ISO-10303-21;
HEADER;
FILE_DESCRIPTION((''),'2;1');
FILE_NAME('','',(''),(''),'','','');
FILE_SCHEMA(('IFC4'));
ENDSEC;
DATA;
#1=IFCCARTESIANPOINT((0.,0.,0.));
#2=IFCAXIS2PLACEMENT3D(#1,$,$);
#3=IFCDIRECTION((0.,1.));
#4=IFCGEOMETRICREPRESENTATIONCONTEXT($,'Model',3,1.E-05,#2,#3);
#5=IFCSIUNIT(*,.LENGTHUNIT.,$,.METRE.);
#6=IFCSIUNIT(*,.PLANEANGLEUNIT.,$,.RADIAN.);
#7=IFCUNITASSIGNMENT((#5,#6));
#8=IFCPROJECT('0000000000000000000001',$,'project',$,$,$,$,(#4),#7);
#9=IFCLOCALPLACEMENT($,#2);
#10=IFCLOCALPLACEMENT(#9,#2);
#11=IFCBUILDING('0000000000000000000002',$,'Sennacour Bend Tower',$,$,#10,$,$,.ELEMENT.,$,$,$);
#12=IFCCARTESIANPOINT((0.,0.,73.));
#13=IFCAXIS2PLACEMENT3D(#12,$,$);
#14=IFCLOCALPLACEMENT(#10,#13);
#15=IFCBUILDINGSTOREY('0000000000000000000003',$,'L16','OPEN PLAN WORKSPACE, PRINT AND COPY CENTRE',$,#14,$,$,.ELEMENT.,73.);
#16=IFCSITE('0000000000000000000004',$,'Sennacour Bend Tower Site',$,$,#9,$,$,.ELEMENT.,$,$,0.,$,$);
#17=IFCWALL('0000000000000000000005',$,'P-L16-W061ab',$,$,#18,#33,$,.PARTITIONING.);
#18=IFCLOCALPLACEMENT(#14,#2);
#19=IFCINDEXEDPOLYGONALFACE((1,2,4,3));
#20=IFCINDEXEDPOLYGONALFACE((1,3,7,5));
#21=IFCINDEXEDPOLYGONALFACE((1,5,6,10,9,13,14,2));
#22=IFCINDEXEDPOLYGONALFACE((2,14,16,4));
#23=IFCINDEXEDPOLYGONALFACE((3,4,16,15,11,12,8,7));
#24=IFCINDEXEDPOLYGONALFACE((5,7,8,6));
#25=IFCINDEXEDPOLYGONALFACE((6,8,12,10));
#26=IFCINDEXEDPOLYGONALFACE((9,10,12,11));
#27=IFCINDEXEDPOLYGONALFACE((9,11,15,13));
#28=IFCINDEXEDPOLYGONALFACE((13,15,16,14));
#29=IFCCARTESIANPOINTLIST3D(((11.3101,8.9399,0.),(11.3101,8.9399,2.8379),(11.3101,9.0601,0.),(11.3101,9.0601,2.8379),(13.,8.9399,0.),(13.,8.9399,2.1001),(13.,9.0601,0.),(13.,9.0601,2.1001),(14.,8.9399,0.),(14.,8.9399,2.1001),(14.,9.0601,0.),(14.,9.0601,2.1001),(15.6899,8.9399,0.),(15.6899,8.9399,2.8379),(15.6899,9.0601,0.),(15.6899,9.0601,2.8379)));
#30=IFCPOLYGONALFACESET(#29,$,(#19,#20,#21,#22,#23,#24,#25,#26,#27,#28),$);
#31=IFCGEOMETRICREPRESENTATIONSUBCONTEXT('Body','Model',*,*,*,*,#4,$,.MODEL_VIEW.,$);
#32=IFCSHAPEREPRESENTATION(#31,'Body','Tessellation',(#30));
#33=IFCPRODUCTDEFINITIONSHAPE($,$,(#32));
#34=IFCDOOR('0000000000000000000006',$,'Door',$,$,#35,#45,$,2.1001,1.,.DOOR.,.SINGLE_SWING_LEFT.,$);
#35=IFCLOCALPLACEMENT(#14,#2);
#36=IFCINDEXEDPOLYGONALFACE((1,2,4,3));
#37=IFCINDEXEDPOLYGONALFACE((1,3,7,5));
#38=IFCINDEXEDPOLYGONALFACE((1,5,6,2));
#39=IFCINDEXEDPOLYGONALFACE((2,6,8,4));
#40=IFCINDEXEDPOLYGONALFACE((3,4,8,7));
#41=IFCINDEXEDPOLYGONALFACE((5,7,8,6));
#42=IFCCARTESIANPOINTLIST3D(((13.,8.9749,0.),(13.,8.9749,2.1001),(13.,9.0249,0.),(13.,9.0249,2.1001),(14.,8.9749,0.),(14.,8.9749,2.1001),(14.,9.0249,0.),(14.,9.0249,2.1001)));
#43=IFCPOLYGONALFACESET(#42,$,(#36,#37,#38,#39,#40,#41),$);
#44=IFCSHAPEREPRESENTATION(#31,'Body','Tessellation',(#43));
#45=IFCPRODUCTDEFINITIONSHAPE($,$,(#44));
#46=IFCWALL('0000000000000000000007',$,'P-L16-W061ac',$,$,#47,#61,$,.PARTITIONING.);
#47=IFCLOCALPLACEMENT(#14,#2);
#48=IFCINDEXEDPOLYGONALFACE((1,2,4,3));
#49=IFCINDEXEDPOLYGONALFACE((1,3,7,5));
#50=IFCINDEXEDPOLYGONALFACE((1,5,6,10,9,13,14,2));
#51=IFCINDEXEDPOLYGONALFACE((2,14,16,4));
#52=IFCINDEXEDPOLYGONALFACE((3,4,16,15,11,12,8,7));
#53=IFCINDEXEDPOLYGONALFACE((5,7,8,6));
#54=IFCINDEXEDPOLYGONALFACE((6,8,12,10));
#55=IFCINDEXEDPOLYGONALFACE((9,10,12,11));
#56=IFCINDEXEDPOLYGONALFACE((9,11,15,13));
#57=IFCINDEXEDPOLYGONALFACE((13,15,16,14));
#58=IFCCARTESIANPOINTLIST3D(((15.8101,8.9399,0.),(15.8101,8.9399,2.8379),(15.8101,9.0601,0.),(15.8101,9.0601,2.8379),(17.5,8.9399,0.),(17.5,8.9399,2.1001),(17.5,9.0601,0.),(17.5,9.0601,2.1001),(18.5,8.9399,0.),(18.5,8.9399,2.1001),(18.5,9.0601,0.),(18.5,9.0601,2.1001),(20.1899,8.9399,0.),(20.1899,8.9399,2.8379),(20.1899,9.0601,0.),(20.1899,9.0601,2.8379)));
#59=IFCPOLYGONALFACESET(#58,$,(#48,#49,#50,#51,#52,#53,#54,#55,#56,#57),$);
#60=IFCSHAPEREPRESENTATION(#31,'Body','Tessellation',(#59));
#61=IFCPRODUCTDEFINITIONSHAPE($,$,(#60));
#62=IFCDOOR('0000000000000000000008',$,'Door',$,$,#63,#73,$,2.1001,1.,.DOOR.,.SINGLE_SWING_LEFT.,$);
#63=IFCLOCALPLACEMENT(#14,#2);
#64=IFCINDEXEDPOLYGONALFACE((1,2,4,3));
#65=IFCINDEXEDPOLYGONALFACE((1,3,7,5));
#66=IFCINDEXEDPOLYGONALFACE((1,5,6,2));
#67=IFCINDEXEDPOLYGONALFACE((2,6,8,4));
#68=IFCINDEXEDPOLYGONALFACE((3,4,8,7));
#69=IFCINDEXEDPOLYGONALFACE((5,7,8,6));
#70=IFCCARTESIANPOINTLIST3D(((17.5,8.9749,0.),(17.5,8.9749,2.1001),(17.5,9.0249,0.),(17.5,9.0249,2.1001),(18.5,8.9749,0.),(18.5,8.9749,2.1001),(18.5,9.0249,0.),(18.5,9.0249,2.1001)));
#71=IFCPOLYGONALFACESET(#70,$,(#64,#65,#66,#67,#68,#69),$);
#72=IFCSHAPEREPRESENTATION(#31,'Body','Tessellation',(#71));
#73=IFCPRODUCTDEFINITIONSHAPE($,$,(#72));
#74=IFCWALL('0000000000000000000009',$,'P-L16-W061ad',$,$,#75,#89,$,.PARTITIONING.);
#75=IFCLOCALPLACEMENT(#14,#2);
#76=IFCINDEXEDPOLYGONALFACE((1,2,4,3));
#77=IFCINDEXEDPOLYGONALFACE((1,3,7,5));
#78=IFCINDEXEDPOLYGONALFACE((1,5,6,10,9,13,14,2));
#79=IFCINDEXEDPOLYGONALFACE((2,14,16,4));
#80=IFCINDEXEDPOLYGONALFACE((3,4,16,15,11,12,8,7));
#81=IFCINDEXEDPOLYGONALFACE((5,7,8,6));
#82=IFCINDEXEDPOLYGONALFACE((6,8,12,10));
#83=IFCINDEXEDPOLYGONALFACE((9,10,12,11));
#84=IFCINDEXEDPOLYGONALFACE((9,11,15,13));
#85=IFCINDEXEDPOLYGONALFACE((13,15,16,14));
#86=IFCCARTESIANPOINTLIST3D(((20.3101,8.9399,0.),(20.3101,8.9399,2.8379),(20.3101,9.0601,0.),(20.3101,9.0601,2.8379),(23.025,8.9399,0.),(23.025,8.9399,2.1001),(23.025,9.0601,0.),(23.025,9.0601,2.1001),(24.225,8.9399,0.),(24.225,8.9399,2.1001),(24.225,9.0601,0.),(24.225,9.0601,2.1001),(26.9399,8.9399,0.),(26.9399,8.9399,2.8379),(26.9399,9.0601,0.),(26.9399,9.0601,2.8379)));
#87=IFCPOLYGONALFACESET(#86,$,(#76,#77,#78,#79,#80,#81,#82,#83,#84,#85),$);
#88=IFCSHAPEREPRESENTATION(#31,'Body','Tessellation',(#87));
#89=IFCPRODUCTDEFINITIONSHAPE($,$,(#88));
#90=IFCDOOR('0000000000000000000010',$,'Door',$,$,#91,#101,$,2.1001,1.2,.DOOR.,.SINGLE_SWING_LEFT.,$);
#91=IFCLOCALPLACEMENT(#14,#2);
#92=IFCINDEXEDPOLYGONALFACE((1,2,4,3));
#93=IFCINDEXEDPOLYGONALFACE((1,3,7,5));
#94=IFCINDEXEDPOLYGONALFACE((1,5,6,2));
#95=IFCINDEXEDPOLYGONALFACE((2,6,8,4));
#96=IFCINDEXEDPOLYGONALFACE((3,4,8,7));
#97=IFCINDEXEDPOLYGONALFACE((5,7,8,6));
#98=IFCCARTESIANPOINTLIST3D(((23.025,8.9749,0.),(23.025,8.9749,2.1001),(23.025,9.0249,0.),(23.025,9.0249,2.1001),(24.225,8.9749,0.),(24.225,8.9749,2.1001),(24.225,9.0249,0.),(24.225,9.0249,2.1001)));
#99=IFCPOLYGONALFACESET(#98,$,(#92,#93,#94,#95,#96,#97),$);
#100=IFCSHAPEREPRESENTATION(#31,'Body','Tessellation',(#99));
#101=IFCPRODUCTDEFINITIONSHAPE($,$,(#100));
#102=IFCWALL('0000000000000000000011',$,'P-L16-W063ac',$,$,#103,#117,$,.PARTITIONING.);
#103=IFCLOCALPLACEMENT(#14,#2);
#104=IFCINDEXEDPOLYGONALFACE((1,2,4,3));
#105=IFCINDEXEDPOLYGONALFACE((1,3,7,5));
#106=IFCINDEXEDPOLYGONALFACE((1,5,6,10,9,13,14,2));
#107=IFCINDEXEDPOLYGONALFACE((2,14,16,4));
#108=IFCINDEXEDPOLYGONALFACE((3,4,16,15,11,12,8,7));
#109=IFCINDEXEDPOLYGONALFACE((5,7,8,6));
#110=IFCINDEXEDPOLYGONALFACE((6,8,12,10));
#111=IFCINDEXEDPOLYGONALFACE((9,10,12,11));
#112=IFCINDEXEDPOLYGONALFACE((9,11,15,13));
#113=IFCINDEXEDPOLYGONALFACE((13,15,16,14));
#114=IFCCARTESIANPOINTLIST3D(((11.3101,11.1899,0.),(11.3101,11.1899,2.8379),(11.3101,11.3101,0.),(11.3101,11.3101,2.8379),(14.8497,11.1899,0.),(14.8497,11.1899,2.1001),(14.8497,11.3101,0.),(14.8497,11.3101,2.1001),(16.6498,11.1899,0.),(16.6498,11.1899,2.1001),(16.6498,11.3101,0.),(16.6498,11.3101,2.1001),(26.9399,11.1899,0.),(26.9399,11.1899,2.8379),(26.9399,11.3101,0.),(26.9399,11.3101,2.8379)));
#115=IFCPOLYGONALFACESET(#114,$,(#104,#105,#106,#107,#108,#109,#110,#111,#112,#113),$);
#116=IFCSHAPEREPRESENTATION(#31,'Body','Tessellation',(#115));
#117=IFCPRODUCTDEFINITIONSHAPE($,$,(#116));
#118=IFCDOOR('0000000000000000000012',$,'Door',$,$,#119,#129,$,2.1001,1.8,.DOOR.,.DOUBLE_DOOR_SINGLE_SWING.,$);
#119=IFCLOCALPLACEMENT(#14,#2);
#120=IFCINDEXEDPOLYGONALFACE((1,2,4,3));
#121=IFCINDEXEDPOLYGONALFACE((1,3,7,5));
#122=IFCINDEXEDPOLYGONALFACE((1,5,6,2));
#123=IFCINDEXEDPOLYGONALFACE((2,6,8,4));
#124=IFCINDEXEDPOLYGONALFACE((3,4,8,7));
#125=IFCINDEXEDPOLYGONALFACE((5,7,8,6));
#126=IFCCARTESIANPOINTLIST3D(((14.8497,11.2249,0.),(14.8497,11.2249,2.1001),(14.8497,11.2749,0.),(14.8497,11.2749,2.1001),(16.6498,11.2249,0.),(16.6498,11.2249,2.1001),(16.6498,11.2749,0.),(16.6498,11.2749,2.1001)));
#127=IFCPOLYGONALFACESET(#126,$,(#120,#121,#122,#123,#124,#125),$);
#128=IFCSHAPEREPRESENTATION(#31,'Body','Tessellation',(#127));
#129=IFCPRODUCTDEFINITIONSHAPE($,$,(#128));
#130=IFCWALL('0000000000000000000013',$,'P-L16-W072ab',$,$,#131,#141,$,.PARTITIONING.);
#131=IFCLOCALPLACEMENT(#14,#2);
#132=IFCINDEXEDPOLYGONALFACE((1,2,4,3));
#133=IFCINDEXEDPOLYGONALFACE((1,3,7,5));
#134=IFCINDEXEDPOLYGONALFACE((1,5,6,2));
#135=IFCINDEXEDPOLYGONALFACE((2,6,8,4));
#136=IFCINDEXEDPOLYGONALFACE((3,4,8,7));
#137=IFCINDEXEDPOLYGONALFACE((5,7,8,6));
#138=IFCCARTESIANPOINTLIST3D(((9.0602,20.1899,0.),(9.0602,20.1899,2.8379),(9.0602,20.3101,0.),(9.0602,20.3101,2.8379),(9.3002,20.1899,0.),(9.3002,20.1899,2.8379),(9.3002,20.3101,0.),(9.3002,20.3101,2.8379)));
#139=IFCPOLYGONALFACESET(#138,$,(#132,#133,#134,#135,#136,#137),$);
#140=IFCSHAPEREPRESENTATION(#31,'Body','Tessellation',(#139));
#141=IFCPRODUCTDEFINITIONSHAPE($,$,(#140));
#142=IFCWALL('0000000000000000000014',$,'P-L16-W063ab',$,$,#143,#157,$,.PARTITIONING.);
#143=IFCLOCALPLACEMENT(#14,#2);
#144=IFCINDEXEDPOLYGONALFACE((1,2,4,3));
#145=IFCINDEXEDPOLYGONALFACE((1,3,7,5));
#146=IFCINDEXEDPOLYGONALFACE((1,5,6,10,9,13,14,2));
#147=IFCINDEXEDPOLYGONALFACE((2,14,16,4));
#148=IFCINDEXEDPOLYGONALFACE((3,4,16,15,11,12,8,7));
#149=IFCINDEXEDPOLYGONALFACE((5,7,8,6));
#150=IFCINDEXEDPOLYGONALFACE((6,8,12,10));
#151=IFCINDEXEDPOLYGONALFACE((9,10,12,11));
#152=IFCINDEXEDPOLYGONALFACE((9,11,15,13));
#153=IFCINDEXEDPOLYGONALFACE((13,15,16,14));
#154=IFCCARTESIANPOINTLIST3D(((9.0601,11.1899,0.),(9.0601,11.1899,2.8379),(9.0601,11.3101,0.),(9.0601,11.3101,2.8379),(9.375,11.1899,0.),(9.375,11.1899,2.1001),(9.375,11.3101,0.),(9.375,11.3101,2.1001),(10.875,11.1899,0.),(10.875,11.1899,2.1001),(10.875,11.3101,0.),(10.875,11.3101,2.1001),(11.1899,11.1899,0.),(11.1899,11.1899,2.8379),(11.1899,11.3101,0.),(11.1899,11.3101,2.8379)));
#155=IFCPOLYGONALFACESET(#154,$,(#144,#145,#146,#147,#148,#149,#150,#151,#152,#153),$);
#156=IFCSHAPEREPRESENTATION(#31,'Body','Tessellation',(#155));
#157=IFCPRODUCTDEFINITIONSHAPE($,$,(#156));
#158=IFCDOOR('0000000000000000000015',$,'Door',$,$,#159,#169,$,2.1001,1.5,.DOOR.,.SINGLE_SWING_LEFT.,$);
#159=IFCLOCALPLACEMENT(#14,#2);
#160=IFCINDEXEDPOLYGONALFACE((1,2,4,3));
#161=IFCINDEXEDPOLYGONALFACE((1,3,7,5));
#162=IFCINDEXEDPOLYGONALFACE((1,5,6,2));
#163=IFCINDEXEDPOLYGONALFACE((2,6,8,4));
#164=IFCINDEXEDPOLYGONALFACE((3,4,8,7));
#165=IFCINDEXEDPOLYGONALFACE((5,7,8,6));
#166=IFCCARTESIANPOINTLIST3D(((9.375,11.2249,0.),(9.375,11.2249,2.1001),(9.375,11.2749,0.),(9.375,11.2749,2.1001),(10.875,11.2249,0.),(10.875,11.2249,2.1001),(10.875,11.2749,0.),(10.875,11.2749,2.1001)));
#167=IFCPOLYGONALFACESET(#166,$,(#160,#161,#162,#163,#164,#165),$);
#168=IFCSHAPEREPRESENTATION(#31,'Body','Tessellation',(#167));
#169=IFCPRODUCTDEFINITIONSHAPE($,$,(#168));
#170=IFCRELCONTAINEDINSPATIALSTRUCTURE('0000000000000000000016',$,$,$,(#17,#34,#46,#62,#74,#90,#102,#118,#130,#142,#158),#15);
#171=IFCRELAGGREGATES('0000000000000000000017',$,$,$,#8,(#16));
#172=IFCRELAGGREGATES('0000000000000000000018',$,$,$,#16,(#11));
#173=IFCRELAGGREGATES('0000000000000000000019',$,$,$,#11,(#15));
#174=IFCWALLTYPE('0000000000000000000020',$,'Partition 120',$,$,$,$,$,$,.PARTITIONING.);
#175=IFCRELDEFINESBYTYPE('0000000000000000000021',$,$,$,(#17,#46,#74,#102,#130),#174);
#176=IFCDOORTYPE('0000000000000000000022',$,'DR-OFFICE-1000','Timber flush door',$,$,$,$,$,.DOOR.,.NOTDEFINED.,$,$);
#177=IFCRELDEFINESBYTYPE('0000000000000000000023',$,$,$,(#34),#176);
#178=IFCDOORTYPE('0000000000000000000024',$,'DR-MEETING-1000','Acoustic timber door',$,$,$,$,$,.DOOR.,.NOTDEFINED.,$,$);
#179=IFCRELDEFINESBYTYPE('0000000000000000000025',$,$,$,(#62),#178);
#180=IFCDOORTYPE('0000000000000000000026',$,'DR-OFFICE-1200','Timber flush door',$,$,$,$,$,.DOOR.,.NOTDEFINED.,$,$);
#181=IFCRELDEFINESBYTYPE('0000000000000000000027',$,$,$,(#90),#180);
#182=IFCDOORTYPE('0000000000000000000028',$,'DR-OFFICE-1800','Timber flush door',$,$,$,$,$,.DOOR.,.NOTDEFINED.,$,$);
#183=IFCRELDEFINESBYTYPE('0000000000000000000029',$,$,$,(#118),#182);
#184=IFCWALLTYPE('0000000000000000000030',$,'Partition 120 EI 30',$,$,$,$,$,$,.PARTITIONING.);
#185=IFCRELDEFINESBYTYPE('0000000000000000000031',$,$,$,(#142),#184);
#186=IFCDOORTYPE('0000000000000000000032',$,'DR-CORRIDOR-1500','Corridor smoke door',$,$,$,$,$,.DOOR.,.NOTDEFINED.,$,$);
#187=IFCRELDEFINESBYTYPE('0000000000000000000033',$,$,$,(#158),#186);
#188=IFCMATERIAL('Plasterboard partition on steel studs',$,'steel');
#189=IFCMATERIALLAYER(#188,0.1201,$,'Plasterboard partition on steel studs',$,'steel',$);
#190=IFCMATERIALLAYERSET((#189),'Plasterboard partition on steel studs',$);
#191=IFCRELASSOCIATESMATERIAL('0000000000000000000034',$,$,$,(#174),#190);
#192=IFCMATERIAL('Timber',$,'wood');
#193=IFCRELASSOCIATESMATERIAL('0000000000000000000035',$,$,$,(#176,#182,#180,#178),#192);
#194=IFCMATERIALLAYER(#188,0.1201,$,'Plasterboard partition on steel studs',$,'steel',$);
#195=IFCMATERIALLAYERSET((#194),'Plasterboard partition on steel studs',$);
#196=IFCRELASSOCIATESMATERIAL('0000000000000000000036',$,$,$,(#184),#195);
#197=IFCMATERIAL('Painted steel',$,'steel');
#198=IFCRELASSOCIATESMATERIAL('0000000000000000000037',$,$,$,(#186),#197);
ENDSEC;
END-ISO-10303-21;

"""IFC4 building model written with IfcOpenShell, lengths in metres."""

from ifc_helpers import new_model, si_unit, direction, frame, frame_2d, origin, place, context, subcontext, project, spatial, rectangle, extrude, material, layer, layer_set, type_object, element, fill, save


model = new_model("IFC4")

# Units and contexts
model_context = context("Model", 3, precision=1e-05, world=origin(), true_north=direction((0.0, 1.0)))
body_context = subcontext(model_context, "Body", "Model", "MODEL_VIEW")
ifc_project = project(units=[si_unit("LENGTHUNIT", "METRE"), si_unit("PLANEANGLEUNIT", "RADIAN")], contexts=[model_context])

# Site, building, storey
site_placement = place(None, origin())
site = spatial("IfcSite", under=ifc_project, at=site_placement, Name="Sennacour Bend Tower Site", CompositionType="ELEMENT", RefElevation=0.0)
building_placement = place(site_placement, origin())
building = spatial("IfcBuilding", under=site, at=building_placement, Name="Sennacour Bend Tower", CompositionType="ELEMENT")
storey_placement = place(building_placement, frame((0.0, 0.0, 73.0)))
storey = spatial("IfcBuildingStorey", under=building, at=storey_placement, Name="L16", Description="OPEN PLAN WORKSPACE, PRINT AND COPY CENTRE", CompositionType="ELEMENT", Elevation=73.0)

# Shared definitions
ifc_material_1 = material(Name="Plasterboard partition on steel studs", Category="steel")
ifc_layer_1 = layer(ifc_material_1, 0.1201, Name="Plasterboard partition on steel studs", Category="steel")
ifc_layer_set_1 = layer_set([ifc_layer_1], Name="Plasterboard partition on steel studs")
wall_type_1 = type_object("IfcWallType", Name="Partition 120", PredefinedType="PARTITIONING", material=ifc_layer_set_1)
ifc_material_2 = material(Name="Timber", Category="wood")
door_type_1 = type_object("IfcDoorType", Name="DR-OFFICE-1000", Description="Timber flush door", OperationType="NOTDEFINED", PredefinedType="DOOR", material=ifc_material_2)
door_type_2 = type_object("IfcDoorType", Name="DR-OFFICE-1800", Description="Timber flush door", OperationType="NOTDEFINED", PredefinedType="DOOR", material=ifc_material_2)

# Shared definitions
door_type_3 = type_object("IfcDoorType", Name="DR-OFFICE-1200", Description="Timber flush door", OperationType="NOTDEFINED", PredefinedType="DOOR", material=ifc_material_2)

# Walls, openings, doors
wall_1_placement = place(storey_placement, frame((11.3101, 9.0, 0.0), z_axis=(0.0, 0.0, 1.0), x_axis=(1.0, 0.0, 0.0)))
wall_1 = element("IfcWall", 1, at=wall_1_placement, inside=storey, type_object=wall_type_1, Name="P-L16-W061ab", PredefinedType="PARTITIONING", context=body_context, shape_type="SweptSolid", body=[
    extrude(rectangle(XDim=4.3799, YDim=0.1201, at=frame_2d((2.1899, 0.0))), origin(), (0.0, 0.0, 1.0), 2.8379),
])
opening_1_placement = place(wall_1_placement, frame((1.6899, 0.0, 0.0)))
opening_1 = element("IfcOpeningElement", 2, at=opening_1_placement, cuts=wall_1, PredefinedType="OPENING", context=body_context, shape_type="SweptSolid", body=[
    extrude(rectangle(XDim=1.0, YDim=2.1001, at=frame_2d((0.5, 1.05))), frame((0.0, 0.0701, 0.0), z_axis=(0.0, -1.0, 0.0), x_axis=(1.0, 0.0, 0.0)), (0.0, 0.0, 1.0), 0.1401),
])
door_1_placement = place(opening_1_placement, origin())
door_1 = element("IfcDoor", 3, at=door_1_placement, inside=storey, type_object=door_type_1, Name="Door", OperationType="SINGLE_SWING_LEFT", OverallHeight=2.1001, OverallWidth=1.0, PredefinedType="DOOR", context=body_context, shape_type="SweptSolid", body=[
    extrude(rectangle(XDim=1.0, YDim=2.1001, at=frame_2d((0.5, 1.05))), frame((0.0, 0.0249, 0.0), z_axis=(0.0, -1.0, 0.0), x_axis=(1.0, 0.0, 0.0)), (0.0, 0.0, 1.0), 0.05),
])
fill(opening_1, door_1)
wall_2_placement = place(storey_placement, frame((15.8101, 9.0, 0.0), z_axis=(0.0, 0.0, 1.0), x_axis=(1.0, 0.0, 0.0)))
wall_2 = element("IfcWall", 4, at=wall_2_placement, inside=storey, type_object=wall_type_1, Name="P-L16-W061ac", PredefinedType="PARTITIONING", context=body_context, shape_type="SweptSolid", body=[
    extrude(rectangle(XDim=4.3799, YDim=0.1201, at=frame_2d((2.1899, 0.0))), origin(), (0.0, 0.0, 1.0), 2.8379),
])
opening_2_placement = place(wall_2_placement, frame((1.6899, 0.0, 0.0)))
opening_2 = element("IfcOpeningElement", 5, at=opening_2_placement, cuts=wall_2, PredefinedType="OPENING", context=body_context, shape_type="SweptSolid", body=[
    extrude(rectangle(XDim=1.0, YDim=2.1001, at=frame_2d((0.5, 1.05))), frame((0.0, 0.0701, 0.0), z_axis=(0.0, -1.0, 0.0), x_axis=(1.0, 0.0, 0.0)), (0.0, 0.0, 1.0), 0.1401),
])
door_type_4 = type_object("IfcDoorType", Name="DR-MEETING-1000", Description="Acoustic timber door", OperationType="NOTDEFINED", PredefinedType="DOOR", material=ifc_material_2)
door_2_placement = place(opening_2_placement, origin())
door_2 = element("IfcDoor", 6, at=door_2_placement, inside=storey, type_object=door_type_4, Name="Door", OperationType="SINGLE_SWING_LEFT", OverallHeight=2.1001, OverallWidth=1.0, PredefinedType="DOOR", context=body_context, shape_type="SweptSolid", body=[
    extrude(rectangle(XDim=1.0, YDim=2.1001, at=frame_2d((0.5, 1.05))), frame((0.0, 0.0249, 0.0), z_axis=(0.0, -1.0, 0.0), x_axis=(1.0, 0.0, 0.0)), (0.0, 0.0, 1.0), 0.05),
])
fill(opening_2, door_2)
wall_3_placement = place(storey_placement, frame((20.3101, 9.0, 0.0), z_axis=(0.0, 0.0, 1.0), x_axis=(1.0, 0.0, 0.0)))
wall_3 = element("IfcWall", 7, at=wall_3_placement, inside=storey, type_object=wall_type_1, Name="P-L16-W061ad", PredefinedType="PARTITIONING", context=body_context, shape_type="SweptSolid", body=[
    extrude(rectangle(XDim=6.6299, YDim=0.1201, at=frame_2d((3.3149, 0.0))), origin(), (0.0, 0.0, 1.0), 2.8379),
])
opening_3_placement = place(wall_3_placement, frame((2.7148, 0.0, 0.0)))
opening_3 = element("IfcOpeningElement", 8, at=opening_3_placement, cuts=wall_3, PredefinedType="OPENING", context=body_context, shape_type="SweptSolid", body=[
    extrude(rectangle(XDim=1.2, YDim=2.1001, at=frame_2d((0.6001, 1.05))), frame((0.0, 0.0701, 0.0), z_axis=(0.0, -1.0, 0.0), x_axis=(1.0, 0.0, 0.0)), (0.0, 0.0, 1.0), 0.1401),
])
door_3_placement = place(opening_3_placement, origin())
door_3 = element("IfcDoor", 9, at=door_3_placement, inside=storey, type_object=door_type_3, Name="Door", OperationType="SINGLE_SWING_LEFT", OverallHeight=2.1001, OverallWidth=1.2, PredefinedType="DOOR", context=body_context, shape_type="SweptSolid", body=[
    extrude(rectangle(XDim=1.2, YDim=2.1001, at=frame_2d((0.6001, 1.05))), frame((0.0, 0.0249, 0.0), z_axis=(0.0, -1.0, 0.0), x_axis=(1.0, 0.0, 0.0)), (0.0, 0.0, 1.0), 0.05),
])
fill(opening_3, door_3)
wall_4_placement = place(storey_placement, frame((11.3101, 11.25, 0.0), z_axis=(0.0, 0.0, 1.0), x_axis=(1.0, 0.0, 0.0)))
wall_4 = element("IfcWall", 10, at=wall_4_placement, inside=storey, type_object=wall_type_1, Name="P-L16-W063ac", PredefinedType="PARTITIONING", context=body_context, shape_type="SweptSolid", body=[
    extrude(rectangle(XDim=15.6299, YDim=0.1201, at=frame_2d((7.8149, 0.0))), origin(), (0.0, 0.0, 1.0), 2.8379),
])
opening_4_placement = place(wall_4_placement, frame((3.5398, 0.0, 0.0)))
opening_4 = element("IfcOpeningElement", 11, at=opening_4_placement, cuts=wall_4, PredefinedType="OPENING", context=body_context, shape_type="SweptSolid", body=[
    extrude(rectangle(XDim=1.8, YDim=2.1001, at=frame_2d((0.8999, 1.05))), frame((0.0, 0.0701, 0.0), z_axis=(0.0, -1.0, 0.0), x_axis=(1.0, 0.0, 0.0)), (0.0, 0.0, 1.0), 0.1401),
])
door_4_placement = place(opening_4_placement, origin())
door_4 = element("IfcDoor", 12, at=door_4_placement, inside=storey, type_object=door_type_2, Name="Door", OperationType="DOUBLE_DOOR_SINGLE_SWING", OverallHeight=2.1001, OverallWidth=1.8, PredefinedType="DOOR", context=body_context, shape_type="SweptSolid", body=[
    extrude(rectangle(XDim=1.8, YDim=2.1001, at=frame_2d((0.8999, 1.05))), frame((0.0, 0.0249, 0.0), z_axis=(0.0, -1.0, 0.0), x_axis=(1.0, 0.0, 0.0)), (0.0, 0.0, 1.0), 0.05),
])
fill(opening_4, door_4)

# Wall
wall_5_placement = place(storey_placement, frame((9.0601, 20.25, 0.0), z_axis=(0.0, 0.0, 1.0), x_axis=(1.0, 0.0, 0.0)))
element("IfcWall", 13, at=wall_5_placement, inside=storey, type_object=wall_type_1, Name="P-L16-W072ab", PredefinedType="PARTITIONING", context=body_context, shape_type="SweptSolid", body=[
    extrude(rectangle(XDim=0.24, YDim=0.1201, at=frame_2d((0.1201, 0.0))), origin(), (0.0, 0.0, 1.0), 2.8379),
])

# Wall, opening, door
ifc_layer_2 = layer(ifc_material_1, 0.1201, Name="Plasterboard partition on steel studs", Category="steel")
ifc_layer_set_2 = layer_set([ifc_layer_2], Name="Plasterboard partition on steel studs")
wall_type_2 = type_object("IfcWallType", Name="Partition 120 EI 30", PredefinedType="PARTITIONING", material=ifc_layer_set_2)
wall_6_placement = place(storey_placement, frame((9.0601, 11.25, 0.0), z_axis=(0.0, 0.0, 1.0), x_axis=(1.0, 0.0, 0.0)))
wall_6 = element("IfcWall", 14, at=wall_6_placement, inside=storey, type_object=wall_type_2, Name="P-L16-W063ab", PredefinedType="PARTITIONING", context=body_context, shape_type="SweptSolid", body=[
    extrude(rectangle(XDim=2.1299, YDim=0.1201, at=frame_2d((1.0649, 0.0))), origin(), (0.0, 0.0, 1.0), 2.8379),
])
opening_5_placement = place(wall_6_placement, frame((0.3149, 0.0, 0.0)))
opening_5 = element("IfcOpeningElement", 15, at=opening_5_placement, cuts=wall_6, PredefinedType="OPENING", context=body_context, shape_type="SweptSolid", body=[
    extrude(rectangle(XDim=1.5, YDim=2.1001, at=frame_2d((0.75, 1.05))), frame((0.0, 0.0701, 0.0), z_axis=(0.0, -1.0, 0.0), x_axis=(1.0, 0.0, 0.0)), (0.0, 0.0, 1.0), 0.1401),
])
ifc_material_3 = material(Name="Painted steel", Category="steel")
door_type_5 = type_object("IfcDoorType", Name="DR-CORRIDOR-1500", Description="Corridor smoke door", OperationType="NOTDEFINED", PredefinedType="DOOR", material=ifc_material_3)
door_5_placement = place(opening_5_placement, origin())
door_5 = element("IfcDoor", 16, at=door_5_placement, inside=storey, type_object=door_type_5, Name="Door", OperationType="SINGLE_SWING_LEFT", OverallHeight=2.1001, OverallWidth=1.5, PredefinedType="DOOR", context=body_context, shape_type="SweptSolid", body=[
    extrude(rectangle(XDim=1.5, YDim=2.1001, at=frame_2d((0.75, 1.05))), frame((0.0, 0.0249, 0.0), z_axis=(0.0, -1.0, 0.0), x_axis=(1.0, 0.0, 0.0)), (0.0, 0.0, 1.0), 0.05),
])
fill(opening_5, door_5)

save(model, "model.ifc")
